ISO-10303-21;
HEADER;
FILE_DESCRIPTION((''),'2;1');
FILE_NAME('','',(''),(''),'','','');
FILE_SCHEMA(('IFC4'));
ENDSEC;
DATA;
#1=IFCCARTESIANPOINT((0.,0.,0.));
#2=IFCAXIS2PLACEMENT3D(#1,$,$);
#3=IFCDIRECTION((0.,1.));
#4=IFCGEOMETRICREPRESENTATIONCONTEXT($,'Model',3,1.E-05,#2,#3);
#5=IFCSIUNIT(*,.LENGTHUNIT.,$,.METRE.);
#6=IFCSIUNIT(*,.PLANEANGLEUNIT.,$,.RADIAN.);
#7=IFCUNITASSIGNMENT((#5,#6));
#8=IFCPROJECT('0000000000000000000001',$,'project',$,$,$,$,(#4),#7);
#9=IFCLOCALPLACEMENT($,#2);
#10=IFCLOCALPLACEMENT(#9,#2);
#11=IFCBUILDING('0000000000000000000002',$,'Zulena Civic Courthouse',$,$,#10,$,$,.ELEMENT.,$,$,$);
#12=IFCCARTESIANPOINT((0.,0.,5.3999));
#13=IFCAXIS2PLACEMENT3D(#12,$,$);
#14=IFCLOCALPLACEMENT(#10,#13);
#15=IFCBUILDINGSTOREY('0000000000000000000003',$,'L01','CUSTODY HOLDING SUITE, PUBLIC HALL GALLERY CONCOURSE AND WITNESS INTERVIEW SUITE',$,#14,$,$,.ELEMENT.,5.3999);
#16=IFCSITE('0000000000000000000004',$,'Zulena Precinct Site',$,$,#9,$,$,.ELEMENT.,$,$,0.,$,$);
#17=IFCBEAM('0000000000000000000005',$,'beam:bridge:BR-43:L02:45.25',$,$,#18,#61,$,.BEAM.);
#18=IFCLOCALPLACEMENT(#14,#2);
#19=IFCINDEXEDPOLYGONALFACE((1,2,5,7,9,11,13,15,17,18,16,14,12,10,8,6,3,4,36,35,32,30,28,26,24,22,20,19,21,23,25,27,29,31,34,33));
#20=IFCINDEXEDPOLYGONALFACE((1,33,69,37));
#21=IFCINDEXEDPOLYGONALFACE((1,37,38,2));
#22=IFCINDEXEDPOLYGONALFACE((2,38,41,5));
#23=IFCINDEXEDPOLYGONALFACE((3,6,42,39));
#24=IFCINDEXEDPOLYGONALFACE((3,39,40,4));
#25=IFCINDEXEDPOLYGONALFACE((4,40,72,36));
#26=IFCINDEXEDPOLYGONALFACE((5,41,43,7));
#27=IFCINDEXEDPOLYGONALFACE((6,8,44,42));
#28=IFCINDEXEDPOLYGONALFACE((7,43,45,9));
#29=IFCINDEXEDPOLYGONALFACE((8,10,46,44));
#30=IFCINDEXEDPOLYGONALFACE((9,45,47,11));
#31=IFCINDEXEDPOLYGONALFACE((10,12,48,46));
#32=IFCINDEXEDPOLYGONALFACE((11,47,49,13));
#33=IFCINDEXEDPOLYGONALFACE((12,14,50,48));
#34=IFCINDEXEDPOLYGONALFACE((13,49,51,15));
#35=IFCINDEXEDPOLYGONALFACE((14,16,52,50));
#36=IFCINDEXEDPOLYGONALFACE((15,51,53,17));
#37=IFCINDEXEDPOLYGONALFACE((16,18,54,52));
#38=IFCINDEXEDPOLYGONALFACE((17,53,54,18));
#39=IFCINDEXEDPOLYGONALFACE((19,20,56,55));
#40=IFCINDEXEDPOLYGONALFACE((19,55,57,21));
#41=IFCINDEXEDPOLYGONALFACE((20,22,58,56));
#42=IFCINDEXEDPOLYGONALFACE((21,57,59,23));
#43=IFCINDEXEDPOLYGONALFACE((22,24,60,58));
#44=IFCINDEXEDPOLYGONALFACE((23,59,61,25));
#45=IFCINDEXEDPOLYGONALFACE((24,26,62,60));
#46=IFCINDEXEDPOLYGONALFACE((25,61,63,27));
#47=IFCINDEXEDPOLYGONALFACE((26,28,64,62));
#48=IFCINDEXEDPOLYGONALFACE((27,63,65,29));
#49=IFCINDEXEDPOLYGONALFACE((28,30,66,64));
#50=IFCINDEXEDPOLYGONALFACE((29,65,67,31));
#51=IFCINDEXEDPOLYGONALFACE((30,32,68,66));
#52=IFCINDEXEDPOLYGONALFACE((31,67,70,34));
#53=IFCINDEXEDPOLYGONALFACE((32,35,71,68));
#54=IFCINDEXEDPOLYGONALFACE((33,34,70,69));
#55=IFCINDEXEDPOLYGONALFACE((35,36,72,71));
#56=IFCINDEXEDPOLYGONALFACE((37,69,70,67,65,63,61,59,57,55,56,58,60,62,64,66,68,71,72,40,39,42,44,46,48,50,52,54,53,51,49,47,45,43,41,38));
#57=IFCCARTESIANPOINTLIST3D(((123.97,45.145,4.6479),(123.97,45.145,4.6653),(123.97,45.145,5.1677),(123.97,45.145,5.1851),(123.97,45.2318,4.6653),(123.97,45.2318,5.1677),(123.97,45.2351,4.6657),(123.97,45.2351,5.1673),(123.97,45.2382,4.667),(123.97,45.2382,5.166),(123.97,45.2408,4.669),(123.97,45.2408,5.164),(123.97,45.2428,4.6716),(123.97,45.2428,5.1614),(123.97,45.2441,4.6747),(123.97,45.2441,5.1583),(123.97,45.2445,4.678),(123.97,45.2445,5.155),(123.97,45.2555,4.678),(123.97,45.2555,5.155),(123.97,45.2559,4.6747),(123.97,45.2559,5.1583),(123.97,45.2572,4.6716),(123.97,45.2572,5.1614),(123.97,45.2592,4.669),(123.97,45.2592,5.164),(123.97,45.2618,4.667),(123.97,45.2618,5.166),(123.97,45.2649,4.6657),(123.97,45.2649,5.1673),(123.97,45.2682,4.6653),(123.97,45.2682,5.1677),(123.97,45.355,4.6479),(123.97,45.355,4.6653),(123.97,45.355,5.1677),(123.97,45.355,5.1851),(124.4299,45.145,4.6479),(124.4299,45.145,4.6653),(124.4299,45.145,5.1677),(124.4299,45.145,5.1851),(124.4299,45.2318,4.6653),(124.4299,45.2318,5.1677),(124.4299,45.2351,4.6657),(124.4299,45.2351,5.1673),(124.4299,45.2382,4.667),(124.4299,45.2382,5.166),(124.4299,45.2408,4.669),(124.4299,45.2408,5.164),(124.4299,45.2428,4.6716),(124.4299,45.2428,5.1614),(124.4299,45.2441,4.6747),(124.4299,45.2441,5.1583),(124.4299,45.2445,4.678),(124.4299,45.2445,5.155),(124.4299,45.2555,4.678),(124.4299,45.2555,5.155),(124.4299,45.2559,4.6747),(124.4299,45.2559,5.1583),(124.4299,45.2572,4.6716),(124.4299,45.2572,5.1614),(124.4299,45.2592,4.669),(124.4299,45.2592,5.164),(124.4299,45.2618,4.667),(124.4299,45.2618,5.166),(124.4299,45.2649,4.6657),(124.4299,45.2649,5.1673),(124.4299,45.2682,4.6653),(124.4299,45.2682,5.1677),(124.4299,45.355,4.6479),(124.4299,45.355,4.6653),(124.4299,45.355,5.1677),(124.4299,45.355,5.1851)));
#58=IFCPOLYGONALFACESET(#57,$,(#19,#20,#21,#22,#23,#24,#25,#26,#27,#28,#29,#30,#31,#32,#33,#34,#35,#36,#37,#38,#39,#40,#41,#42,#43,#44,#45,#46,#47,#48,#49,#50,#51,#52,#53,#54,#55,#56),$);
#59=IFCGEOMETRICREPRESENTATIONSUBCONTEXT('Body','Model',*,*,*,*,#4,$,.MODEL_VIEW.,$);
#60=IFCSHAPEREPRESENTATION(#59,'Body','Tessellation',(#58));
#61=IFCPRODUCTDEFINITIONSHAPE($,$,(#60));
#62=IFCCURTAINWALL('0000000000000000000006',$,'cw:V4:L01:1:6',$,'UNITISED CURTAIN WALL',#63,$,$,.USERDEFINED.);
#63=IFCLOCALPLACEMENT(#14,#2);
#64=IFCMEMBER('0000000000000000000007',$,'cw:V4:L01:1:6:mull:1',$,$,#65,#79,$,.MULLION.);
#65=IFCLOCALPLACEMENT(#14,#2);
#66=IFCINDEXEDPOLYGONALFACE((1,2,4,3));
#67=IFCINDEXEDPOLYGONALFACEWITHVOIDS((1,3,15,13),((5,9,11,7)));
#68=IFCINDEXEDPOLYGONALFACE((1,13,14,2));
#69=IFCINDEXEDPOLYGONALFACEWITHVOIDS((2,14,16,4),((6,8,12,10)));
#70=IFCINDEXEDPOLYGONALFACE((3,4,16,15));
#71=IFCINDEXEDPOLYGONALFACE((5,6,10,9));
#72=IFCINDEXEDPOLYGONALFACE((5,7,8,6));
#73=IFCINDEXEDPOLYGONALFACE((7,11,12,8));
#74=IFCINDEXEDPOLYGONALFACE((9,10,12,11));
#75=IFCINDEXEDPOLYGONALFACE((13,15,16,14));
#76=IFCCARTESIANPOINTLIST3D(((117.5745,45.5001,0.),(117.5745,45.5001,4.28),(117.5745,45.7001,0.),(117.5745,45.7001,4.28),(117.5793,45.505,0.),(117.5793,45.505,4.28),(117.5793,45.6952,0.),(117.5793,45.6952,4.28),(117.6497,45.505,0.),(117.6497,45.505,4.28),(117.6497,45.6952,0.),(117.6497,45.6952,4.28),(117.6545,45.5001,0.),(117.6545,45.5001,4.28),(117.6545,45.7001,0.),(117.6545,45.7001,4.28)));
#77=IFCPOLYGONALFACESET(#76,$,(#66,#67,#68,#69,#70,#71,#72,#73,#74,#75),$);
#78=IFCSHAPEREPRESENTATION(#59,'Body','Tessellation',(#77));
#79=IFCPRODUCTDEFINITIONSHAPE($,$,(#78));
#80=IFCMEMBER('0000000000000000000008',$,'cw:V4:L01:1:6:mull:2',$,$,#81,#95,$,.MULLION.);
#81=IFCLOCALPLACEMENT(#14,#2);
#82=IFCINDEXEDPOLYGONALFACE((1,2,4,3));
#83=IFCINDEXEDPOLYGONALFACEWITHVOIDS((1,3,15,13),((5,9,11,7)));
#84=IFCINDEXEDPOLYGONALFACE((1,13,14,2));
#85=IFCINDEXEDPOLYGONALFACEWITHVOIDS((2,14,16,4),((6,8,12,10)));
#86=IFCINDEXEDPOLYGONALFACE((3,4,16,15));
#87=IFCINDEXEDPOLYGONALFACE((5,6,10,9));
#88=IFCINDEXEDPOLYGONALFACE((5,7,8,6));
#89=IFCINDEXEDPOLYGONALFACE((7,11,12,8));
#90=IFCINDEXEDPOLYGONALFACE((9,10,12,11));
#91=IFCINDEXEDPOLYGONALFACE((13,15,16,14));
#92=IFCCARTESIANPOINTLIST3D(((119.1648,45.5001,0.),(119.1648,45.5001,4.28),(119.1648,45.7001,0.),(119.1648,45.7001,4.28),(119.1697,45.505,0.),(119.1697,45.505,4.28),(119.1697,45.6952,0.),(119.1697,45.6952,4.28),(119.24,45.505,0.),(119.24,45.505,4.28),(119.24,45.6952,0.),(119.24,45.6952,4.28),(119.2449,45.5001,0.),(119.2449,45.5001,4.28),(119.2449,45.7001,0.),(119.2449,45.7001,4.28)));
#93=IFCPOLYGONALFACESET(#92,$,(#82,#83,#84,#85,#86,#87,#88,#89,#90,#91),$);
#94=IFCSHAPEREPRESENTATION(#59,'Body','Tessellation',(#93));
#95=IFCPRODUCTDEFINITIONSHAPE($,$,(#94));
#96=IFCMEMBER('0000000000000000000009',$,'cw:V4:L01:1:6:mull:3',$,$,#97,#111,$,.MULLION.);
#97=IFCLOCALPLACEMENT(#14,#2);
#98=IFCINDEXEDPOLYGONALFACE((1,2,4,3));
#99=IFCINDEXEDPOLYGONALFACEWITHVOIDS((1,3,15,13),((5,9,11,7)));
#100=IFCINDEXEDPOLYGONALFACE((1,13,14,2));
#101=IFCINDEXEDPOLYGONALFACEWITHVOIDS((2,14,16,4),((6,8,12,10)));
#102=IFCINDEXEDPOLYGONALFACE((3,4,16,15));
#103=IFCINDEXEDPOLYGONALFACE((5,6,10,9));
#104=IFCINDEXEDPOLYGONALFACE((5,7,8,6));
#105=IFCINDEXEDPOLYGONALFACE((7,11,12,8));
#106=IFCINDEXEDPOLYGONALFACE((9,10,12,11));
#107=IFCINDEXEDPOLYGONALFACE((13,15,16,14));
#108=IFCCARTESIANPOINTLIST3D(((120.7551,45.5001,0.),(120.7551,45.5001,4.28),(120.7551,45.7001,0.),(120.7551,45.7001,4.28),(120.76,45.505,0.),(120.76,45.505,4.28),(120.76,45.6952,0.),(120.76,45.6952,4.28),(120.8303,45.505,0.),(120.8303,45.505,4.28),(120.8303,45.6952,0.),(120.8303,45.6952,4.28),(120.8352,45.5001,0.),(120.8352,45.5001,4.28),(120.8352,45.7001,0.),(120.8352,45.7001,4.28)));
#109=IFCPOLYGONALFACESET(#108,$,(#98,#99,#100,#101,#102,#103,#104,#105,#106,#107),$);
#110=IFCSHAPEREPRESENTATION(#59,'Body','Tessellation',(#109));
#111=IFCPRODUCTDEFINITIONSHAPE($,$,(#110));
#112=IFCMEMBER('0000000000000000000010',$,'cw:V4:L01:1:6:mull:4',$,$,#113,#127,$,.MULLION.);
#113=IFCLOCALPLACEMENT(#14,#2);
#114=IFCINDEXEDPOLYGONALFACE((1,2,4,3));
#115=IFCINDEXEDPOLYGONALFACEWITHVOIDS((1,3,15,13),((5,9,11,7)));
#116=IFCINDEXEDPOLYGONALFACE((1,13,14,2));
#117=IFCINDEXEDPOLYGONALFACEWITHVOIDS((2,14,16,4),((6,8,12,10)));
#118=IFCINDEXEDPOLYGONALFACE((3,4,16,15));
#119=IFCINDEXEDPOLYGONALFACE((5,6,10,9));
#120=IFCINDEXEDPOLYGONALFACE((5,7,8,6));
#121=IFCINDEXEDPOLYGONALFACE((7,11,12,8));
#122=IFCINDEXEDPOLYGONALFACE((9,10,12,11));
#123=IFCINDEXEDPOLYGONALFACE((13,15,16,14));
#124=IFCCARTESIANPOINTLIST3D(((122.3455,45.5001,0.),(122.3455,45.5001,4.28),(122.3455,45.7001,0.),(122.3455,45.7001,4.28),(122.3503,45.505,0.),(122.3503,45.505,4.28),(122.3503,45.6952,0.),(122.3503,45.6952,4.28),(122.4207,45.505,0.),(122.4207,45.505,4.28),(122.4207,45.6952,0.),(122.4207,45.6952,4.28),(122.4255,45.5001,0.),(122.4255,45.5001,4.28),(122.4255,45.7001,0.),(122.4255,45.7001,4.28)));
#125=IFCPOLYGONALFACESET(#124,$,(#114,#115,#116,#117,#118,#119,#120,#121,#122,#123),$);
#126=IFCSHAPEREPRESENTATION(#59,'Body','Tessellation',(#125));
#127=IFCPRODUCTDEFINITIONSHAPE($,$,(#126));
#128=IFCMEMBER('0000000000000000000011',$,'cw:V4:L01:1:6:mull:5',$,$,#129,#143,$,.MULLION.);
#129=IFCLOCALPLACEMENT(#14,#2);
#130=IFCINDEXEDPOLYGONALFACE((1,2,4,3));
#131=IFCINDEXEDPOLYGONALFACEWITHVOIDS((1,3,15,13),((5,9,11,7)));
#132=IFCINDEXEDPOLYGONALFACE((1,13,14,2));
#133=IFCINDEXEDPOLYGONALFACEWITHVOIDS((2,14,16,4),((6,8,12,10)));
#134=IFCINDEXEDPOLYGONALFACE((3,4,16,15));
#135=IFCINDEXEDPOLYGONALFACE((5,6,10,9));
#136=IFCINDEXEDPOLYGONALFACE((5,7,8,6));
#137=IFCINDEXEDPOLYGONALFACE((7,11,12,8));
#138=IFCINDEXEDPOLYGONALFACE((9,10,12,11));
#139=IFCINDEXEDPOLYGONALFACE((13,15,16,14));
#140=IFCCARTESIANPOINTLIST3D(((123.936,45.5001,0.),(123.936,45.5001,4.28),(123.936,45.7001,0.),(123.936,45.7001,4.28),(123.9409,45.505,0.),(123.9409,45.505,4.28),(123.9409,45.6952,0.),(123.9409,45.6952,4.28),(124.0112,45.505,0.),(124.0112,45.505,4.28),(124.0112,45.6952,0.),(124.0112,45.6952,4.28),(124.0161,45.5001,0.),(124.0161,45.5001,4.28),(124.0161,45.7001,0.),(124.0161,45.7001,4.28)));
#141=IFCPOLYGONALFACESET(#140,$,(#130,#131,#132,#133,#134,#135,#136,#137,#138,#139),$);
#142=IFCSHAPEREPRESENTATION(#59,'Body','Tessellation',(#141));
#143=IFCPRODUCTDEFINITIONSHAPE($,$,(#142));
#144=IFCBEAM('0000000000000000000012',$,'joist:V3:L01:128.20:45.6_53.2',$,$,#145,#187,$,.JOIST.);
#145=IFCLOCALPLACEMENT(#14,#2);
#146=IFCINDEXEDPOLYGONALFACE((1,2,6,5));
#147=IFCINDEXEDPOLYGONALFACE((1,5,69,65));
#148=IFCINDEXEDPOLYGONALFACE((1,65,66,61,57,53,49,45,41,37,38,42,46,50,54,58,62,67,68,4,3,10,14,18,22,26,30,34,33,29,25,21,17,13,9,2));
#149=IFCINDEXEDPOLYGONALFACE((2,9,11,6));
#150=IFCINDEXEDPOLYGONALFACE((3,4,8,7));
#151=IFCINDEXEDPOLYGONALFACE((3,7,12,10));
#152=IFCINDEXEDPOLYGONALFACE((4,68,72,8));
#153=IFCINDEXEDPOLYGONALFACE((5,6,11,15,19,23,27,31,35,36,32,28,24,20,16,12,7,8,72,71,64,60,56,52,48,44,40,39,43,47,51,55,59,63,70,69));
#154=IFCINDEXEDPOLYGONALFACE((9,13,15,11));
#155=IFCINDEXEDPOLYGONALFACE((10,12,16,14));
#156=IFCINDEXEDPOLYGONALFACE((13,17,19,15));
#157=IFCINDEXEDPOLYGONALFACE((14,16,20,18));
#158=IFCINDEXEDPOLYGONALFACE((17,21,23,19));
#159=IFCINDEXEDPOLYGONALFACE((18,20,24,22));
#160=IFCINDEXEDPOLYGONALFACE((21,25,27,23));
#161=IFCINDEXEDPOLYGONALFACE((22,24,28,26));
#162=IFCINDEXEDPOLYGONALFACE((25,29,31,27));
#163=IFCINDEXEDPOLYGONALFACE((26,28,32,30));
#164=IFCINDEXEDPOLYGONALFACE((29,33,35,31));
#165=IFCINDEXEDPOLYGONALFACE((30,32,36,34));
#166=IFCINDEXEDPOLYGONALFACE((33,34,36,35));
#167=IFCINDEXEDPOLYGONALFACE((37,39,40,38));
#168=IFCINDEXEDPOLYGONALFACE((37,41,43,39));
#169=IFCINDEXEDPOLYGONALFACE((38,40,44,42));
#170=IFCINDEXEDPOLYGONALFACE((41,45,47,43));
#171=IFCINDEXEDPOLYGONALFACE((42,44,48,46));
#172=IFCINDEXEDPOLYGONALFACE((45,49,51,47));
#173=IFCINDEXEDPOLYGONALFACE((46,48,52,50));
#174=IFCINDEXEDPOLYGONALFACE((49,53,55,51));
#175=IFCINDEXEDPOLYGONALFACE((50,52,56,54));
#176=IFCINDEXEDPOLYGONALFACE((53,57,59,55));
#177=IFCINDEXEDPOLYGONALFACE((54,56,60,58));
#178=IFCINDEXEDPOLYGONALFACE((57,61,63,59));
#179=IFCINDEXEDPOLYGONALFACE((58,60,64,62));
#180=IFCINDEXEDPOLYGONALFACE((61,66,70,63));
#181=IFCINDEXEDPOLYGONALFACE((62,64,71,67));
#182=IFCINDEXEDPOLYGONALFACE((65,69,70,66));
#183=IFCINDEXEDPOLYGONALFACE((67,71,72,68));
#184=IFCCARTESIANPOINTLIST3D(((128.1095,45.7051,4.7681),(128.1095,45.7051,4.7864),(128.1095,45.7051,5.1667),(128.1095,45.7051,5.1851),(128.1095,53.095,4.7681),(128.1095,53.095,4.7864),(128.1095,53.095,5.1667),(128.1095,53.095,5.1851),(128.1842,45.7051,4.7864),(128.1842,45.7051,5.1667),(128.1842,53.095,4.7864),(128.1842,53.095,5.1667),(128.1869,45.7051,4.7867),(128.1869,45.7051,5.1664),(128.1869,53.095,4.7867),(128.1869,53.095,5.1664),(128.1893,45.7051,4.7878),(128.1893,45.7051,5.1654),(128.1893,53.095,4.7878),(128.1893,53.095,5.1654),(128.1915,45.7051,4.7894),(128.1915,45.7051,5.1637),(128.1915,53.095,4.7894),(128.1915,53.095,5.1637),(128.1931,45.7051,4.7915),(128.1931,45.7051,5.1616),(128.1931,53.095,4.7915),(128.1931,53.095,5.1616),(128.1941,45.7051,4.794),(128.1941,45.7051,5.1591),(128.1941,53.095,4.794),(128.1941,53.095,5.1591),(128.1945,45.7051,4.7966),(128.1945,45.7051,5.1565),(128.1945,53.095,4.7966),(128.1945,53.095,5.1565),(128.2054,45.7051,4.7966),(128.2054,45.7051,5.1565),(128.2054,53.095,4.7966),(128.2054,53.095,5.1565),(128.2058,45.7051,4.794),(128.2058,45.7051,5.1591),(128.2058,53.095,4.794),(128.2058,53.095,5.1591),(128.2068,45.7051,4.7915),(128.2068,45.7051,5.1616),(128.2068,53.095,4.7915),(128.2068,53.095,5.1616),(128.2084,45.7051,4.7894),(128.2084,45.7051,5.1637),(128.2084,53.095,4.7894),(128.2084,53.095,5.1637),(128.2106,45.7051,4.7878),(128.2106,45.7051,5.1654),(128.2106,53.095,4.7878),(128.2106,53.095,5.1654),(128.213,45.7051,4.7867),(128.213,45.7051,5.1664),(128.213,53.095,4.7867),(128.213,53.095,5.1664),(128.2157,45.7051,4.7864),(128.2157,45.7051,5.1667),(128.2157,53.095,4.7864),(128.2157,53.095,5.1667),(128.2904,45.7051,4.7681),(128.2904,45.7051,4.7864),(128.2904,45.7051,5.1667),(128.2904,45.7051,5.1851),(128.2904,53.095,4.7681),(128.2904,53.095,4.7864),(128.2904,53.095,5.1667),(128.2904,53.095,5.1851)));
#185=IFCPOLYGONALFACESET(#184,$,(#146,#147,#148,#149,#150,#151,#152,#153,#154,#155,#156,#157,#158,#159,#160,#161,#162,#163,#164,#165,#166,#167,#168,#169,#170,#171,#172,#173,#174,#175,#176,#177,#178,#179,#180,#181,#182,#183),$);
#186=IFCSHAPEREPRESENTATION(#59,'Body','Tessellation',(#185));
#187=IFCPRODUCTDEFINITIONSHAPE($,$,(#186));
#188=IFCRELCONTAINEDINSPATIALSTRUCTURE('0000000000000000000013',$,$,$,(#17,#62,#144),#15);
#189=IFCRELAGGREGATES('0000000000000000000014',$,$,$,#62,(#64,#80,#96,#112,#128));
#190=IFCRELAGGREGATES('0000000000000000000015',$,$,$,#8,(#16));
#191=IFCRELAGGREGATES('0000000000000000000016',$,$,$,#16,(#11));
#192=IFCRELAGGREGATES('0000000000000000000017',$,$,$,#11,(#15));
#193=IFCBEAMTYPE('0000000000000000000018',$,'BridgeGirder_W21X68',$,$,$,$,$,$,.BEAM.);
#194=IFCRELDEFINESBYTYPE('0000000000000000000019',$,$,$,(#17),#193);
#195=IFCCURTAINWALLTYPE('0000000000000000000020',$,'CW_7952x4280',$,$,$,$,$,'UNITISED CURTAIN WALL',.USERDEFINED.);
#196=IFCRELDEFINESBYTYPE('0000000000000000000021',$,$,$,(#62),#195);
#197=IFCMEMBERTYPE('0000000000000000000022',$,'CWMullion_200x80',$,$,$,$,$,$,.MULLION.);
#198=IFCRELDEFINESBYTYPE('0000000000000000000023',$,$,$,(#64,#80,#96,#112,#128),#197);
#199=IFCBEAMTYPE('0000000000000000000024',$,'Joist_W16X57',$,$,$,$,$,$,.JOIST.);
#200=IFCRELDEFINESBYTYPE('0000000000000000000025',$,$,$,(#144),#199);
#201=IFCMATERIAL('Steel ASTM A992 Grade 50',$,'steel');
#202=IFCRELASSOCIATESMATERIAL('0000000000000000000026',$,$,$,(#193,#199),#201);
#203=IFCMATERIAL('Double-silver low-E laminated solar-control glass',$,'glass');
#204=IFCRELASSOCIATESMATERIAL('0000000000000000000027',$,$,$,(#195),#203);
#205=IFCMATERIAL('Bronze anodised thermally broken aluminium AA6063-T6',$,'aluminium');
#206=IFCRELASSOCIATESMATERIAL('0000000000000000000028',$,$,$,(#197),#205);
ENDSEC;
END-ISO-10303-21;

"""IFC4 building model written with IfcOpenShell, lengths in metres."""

from ifc_helpers import new_model, si_unit, direction, frame, origin, origin_2d, place, context, subcontext, project, spatial, hollow_rectangle, i_section, extrude, material, material_profile, profile_set, type_object, element, aggregate, save


model = new_model("IFC4")

# Units and contexts
model_context = context("Model", 3, precision=1e-05, world=origin(), true_north=direction((0.0, 1.0)))
body_context = subcontext(model_context, "Body", "Model", "MODEL_VIEW")
ifc_project = project(units=[si_unit("LENGTHUNIT", "METRE"), si_unit("PLANEANGLEUNIT", "RADIAN")], contexts=[model_context])

# Site, building, storey
site_placement = place(None, origin())
site = spatial("IfcSite", under=ifc_project, at=site_placement, Name="Zulena Precinct Site", CompositionType="ELEMENT", RefElevation=0.0)
building_placement = place(site_placement, origin())
building = spatial("IfcBuilding", under=site, at=building_placement, Name="Zulena Civic Courthouse", CompositionType="ELEMENT")
storey_placement = place(building_placement, frame((0.0, 0.0, 5.3999)))
storey = spatial("IfcBuildingStorey", under=building, at=storey_placement, Name="L01", Description="CUSTODY HOLDING SUITE, PUBLIC HALL GALLERY CONCOURSE AND WITNESS INTERVIEW SUITE", CompositionType="ELEMENT", Elevation=5.3999)

# Shared definitions
ifc_material_1 = material(Name="Steel ASTM A992 Grade 50", Category="steel")

# Beam
ifc_material_profile_1 = material_profile(ifc_material_1, i_section(OverallWidth=0.21, OverallDepth=0.5371, WebThickness=0.011, FlangeThickness=0.0173, FilletRadius=0.0127, at=origin_2d()), Name="W21X68")
ifc_profile_set_1 = profile_set([ifc_material_profile_1], Name="Steel ASTM A992 Grade 50")
beam_type_1 = type_object("IfcBeamType", Name="BridgeGirder_W21X68", PredefinedType="BEAM", material=ifc_profile_set_1)
for number, where, z_axis, x_axis, name in (
    (1, (123.97, 45.25, 4.9165), (1.0, 0.0, 0.0), (0.0, 1.0, 0.0), "beam:bridge:BR-43:L02:45.25"),
):
    element("IfcBeam", number, at=place(storey_placement, frame(where, z_axis=z_axis, x_axis=x_axis)), inside=storey, type_object=beam_type_1, Name=name, PredefinedType="BEAM", context=body_context, shape_type="SweptSolid", body=[
        extrude(i_section(OverallWidth=0.21, OverallDepth=0.5371, WebThickness=0.011, FlangeThickness=0.0173, FilletRadius=0.0127, at=origin_2d()), origin(), (0.0, 0.0, 1.0), 0.46),
    ])

# Curtain wall, members
ifc_material_2 = material(Name="Double-silver low-E laminated solar-control glass", Category="glass")
curtain_wall_type = type_object("IfcCurtainWallType", Name="CW_7952x4280", ElementType="UNITISED CURTAIN WALL", PredefinedType="USERDEFINED", material=ifc_material_2)
curtain_wall_placement = place(storey_placement, origin())
curtain_wall = element("IfcCurtainWall", 2, at=curtain_wall_placement, inside=storey, type_object=curtain_wall_type, Name="cw:V4:L01:1:6", ObjectType="UNITISED CURTAIN WALL", PredefinedType="USERDEFINED")
ifc_material_3 = material(Name="Bronze anodised thermally broken aluminium AA6063-T6", Category="aluminium")
ifc_material_profile_2 = material_profile(ifc_material_3, hollow_rectangle(XDim=0.0801, YDim=0.2, WallThickness=0.0049, at=origin_2d()), Name="CWM200X80X5")
ifc_profile_set_2 = profile_set([ifc_material_profile_2], Name="Bronze anodised thermally broken aluminium AA6063-T6")
member_type = type_object("IfcMemberType", Name="CWMullion_200x80", PredefinedType="MULLION", material=ifc_profile_set_2)
member_1_placement = place(storey_placement, frame((117.6145, 45.6001, 0.0), z_axis=(0.0, 0.0, 1.0), x_axis=(1.0, 0.0, 0.0)))
member_1 = element("IfcMember", 3, at=member_1_placement, type_object=member_type, Name="cw:V4:L01:1:6:mull:1", PredefinedType="MULLION", context=body_context, shape_type="SweptSolid", body=[
    extrude(hollow_rectangle(XDim=0.0801, YDim=0.2, WallThickness=0.0049, at=origin_2d()), origin(), (0.0, 0.0, 1.0), 4.28),
])
member_2_placement = place(storey_placement, frame((119.2048, 45.6001, 0.0), z_axis=(0.0, 0.0, 1.0), x_axis=(1.0, 0.0, 0.0)))
member_2 = element("IfcMember", 4, at=member_2_placement, type_object=member_type, Name="cw:V4:L01:1:6:mull:2", PredefinedType="MULLION", context=body_context, shape_type="SweptSolid", body=[
    extrude(hollow_rectangle(XDim=0.0801, YDim=0.2, WallThickness=0.0049, at=origin_2d()), origin(), (0.0, 0.0, 1.0), 4.28),
])
member_3_placement = place(storey_placement, frame((120.7952, 45.6001, 0.0), z_axis=(0.0, 0.0, 1.0), x_axis=(1.0, 0.0, 0.0)))
member_3 = element("IfcMember", 5, at=member_3_placement, type_object=member_type, Name="cw:V4:L01:1:6:mull:3", PredefinedType="MULLION", context=body_context, shape_type="SweptSolid", body=[
    extrude(hollow_rectangle(XDim=0.0801, YDim=0.2, WallThickness=0.0049, at=origin_2d()), origin(), (0.0, 0.0, 1.0), 4.28),
])
member_4_placement = place(storey_placement, frame((122.3855, 45.6001, 0.0), z_axis=(0.0, 0.0, 1.0), x_axis=(1.0, 0.0, 0.0)))
member_4 = element("IfcMember", 6, at=member_4_placement, type_object=member_type, Name="cw:V4:L01:1:6:mull:4", PredefinedType="MULLION", context=body_context, shape_type="SweptSolid", body=[
    extrude(hollow_rectangle(XDim=0.0801, YDim=0.2, WallThickness=0.0049, at=origin_2d()), origin(), (0.0, 0.0, 1.0), 4.28),
])
member_5_placement = place(storey_placement, frame((123.9761, 45.6001, 0.0), z_axis=(0.0, 0.0, 1.0), x_axis=(1.0, 0.0, 0.0)))
member_5 = element("IfcMember", 7, at=member_5_placement, type_object=member_type, Name="cw:V4:L01:1:6:mull:5", PredefinedType="MULLION", context=body_context, shape_type="SweptSolid", body=[
    extrude(hollow_rectangle(XDim=0.0801, YDim=0.2, WallThickness=0.0049, at=origin_2d()), origin(), (0.0, 0.0, 1.0), 4.28),
])

# Beam
ifc_material_profile_3 = material_profile(ifc_material_1, i_section(OverallWidth=0.1809, OverallDepth=0.417, WebThickness=0.011, FlangeThickness=0.0183, FilletRadius=0.0103, at=origin_2d()), Name="W16X57")
ifc_profile_set_3 = profile_set([ifc_material_profile_3], Name="Steel ASTM A992 Grade 50")
beam_type_2 = type_object("IfcBeamType", Name="Joist_W16X57", PredefinedType="JOIST", material=ifc_profile_set_3)
beam_1_placement = place(storey_placement, frame((128.2, 45.7051, 4.9766), z_axis=(0.0, 1.0, 0.0), x_axis=(-1.0, 0.0, 0.0)))
element("IfcBeam", 8, at=beam_1_placement, inside=storey, type_object=beam_type_2, Name="joist:V3:L01:128.20:45.6_53.2", PredefinedType="JOIST", context=body_context, shape_type="SweptSolid", body=[
    extrude(i_section(OverallWidth=0.1809, OverallDepth=0.417, WebThickness=0.011, FlangeThickness=0.0183, FilletRadius=0.0103, at=origin_2d()), origin(), (0.0, 0.0, 1.0), 7.3899),
])

aggregate(curtain_wall, [member_1, member_2, member_3, member_4, member_5])

save(model, "model.ifc")
